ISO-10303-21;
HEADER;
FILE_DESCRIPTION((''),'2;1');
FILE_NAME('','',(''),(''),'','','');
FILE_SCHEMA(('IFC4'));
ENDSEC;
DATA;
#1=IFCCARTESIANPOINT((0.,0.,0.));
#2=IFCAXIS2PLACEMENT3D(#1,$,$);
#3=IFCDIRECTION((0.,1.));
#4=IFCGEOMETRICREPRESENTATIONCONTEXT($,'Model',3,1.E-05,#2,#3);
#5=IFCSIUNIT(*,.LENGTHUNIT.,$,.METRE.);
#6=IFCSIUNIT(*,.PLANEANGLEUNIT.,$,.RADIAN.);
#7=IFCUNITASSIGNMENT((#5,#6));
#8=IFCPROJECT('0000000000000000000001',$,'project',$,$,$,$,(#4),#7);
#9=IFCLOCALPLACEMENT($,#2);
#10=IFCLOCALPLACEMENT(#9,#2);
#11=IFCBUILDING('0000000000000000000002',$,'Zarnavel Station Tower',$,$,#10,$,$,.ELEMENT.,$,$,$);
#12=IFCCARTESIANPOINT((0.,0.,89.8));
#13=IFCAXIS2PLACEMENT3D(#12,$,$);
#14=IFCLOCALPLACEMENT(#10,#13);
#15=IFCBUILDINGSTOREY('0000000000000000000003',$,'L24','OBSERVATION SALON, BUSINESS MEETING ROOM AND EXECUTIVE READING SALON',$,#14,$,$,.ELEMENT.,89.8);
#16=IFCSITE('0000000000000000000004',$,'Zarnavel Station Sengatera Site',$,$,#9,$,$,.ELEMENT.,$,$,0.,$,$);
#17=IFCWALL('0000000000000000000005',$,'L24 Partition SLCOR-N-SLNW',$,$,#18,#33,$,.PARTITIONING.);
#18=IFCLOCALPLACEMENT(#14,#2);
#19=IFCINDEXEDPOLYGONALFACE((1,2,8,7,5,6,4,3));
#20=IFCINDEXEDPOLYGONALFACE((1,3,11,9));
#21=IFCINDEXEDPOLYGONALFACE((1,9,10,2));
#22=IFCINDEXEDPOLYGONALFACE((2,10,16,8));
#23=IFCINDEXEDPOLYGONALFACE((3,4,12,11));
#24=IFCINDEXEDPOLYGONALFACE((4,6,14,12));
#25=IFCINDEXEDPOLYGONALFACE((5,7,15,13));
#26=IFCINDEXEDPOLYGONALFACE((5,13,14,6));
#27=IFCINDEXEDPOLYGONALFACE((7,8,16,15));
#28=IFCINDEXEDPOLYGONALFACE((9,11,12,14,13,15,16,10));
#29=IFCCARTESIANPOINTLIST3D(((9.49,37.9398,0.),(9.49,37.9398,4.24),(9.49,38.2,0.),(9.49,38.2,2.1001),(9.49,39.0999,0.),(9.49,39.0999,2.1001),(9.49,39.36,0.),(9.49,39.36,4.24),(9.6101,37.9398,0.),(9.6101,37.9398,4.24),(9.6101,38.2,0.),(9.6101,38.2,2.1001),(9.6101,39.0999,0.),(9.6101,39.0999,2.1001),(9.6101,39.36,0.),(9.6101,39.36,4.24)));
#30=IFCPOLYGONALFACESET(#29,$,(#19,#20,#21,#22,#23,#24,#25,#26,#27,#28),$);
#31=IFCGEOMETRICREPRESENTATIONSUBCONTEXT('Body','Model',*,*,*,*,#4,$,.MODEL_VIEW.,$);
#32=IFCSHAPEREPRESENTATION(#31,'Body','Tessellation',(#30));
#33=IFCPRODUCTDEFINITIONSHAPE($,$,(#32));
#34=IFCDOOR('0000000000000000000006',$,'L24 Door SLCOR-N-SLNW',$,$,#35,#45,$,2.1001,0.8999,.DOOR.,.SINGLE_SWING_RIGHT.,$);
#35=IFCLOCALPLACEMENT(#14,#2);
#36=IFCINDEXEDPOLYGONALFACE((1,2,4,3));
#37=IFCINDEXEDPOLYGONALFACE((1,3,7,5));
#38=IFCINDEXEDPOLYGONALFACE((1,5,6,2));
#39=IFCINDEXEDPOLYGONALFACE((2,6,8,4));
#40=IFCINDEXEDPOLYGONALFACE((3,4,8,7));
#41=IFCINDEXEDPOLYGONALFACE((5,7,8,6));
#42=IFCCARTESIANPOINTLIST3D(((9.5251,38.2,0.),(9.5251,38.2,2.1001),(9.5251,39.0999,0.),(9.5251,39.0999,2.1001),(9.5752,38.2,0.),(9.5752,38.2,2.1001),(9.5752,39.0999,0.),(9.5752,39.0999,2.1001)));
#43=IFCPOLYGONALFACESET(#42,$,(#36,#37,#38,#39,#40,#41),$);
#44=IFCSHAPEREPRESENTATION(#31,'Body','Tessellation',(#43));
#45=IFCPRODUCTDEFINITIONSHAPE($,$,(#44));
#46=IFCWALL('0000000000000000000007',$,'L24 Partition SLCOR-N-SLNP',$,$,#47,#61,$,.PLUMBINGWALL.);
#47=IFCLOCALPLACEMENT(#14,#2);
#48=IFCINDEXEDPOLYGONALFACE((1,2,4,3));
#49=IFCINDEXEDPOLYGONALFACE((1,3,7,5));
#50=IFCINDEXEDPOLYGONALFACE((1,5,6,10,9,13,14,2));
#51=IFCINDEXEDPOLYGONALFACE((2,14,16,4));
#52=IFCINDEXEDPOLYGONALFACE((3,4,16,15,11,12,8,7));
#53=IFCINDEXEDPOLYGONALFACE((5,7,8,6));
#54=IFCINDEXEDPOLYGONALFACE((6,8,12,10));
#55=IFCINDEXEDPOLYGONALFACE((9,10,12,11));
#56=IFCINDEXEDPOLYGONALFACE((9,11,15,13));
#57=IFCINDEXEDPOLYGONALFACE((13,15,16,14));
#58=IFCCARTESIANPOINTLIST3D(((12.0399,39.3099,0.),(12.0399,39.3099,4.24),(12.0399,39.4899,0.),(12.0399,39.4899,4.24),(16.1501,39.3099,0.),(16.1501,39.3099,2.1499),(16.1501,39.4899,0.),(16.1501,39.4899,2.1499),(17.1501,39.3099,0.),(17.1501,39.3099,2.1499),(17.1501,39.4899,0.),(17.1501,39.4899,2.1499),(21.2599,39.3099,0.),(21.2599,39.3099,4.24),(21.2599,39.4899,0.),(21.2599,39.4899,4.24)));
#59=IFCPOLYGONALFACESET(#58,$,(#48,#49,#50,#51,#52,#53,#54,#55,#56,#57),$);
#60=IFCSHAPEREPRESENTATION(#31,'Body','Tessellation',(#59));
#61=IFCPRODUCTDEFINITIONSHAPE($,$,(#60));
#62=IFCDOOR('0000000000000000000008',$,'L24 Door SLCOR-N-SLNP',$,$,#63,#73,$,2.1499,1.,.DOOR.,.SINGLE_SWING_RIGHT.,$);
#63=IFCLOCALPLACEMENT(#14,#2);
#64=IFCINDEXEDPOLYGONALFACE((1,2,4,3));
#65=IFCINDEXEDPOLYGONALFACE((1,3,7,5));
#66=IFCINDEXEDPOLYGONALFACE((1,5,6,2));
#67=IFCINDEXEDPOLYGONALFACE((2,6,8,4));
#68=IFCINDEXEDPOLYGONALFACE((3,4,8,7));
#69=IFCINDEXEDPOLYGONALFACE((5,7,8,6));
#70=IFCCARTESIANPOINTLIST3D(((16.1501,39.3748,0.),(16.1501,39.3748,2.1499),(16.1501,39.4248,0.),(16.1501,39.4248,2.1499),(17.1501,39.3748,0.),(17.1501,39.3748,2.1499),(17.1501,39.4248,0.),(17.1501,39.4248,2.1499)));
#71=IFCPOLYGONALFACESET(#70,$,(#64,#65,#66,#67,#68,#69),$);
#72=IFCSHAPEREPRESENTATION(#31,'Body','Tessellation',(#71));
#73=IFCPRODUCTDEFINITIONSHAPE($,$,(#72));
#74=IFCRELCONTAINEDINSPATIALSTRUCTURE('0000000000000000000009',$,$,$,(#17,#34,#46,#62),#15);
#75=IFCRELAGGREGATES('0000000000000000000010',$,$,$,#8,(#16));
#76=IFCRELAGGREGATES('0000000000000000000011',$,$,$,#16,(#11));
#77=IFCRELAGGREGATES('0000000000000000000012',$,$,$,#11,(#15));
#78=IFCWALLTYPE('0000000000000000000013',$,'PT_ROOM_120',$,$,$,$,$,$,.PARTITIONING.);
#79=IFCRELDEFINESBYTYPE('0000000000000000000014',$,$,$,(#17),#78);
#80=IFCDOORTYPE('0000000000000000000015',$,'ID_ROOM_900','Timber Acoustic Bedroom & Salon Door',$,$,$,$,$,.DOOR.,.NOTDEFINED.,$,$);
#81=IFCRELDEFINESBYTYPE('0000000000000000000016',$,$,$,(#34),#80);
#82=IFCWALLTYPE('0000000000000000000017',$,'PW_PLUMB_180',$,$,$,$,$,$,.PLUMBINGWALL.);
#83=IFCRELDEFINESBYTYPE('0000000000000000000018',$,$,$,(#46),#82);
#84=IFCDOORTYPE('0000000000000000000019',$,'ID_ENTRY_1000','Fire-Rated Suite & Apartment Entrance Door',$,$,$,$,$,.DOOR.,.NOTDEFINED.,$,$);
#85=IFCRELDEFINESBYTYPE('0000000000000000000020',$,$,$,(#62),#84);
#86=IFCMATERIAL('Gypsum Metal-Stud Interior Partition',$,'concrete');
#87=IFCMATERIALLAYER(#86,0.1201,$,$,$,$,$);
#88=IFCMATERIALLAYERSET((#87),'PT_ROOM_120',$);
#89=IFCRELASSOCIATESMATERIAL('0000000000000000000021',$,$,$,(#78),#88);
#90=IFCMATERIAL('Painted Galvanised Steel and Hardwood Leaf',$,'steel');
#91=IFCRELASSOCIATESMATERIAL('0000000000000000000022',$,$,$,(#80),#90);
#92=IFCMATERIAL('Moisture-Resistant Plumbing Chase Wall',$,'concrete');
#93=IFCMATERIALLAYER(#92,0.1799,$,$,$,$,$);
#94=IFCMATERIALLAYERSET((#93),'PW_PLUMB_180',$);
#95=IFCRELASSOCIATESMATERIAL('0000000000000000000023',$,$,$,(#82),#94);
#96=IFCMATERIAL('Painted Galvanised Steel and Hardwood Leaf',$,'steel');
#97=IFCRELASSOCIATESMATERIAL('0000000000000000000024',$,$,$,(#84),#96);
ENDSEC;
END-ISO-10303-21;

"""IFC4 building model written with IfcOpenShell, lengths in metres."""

from ifc_helpers import new_model, si_unit, direction, frame, frame_2d, origin, place, context, subcontext, project, spatial, rectangle, extrude, material, layer, layer_set, type_object, element, fill, save


model = new_model("IFC4")

# Units and contexts
model_context = context("Model", 3, precision=1e-05, world=origin(), true_north=direction((0.0, 1.0)))
body_context = subcontext(model_context, "Body", "Model", "MODEL_VIEW")
ifc_project = project(units=[si_unit("LENGTHUNIT", "METRE"), si_unit("PLANEANGLEUNIT", "RADIAN")], contexts=[model_context])

# Site, building, storey
site_placement = place(None, origin())
site = spatial("IfcSite", under=ifc_project, at=site_placement, Name="Zarnavel Station Sengatera Site", CompositionType="ELEMENT", RefElevation=0.0)
building_placement = place(site_placement, origin())
building = spatial("IfcBuilding", under=site, at=building_placement, Name="Zarnavel Station Tower", CompositionType="ELEMENT")
storey_placement = place(building_placement, frame((0.0, 0.0, 89.8)))
storey = spatial("IfcBuildingStorey", under=building, at=storey_placement, Name="L24", Description="OBSERVATION SALON, BUSINESS MEETING ROOM AND EXECUTIVE READING SALON", CompositionType="ELEMENT", Elevation=89.8)

# Walls, openings, doors
ifc_material_1 = material(Name="Gypsum Metal-Stud Interior Partition", Category="concrete")
ifc_layer_1 = layer(ifc_material_1, 0.1201)
ifc_layer_set_1 = layer_set([ifc_layer_1], Name="PT_ROOM_120")
wall_type_1 = type_object("IfcWallType", Name="PT_ROOM_120", PredefinedType="PARTITIONING", material=ifc_layer_set_1)
wall_1_placement = place(storey_placement, frame((9.55, 37.9399, 0.0), z_axis=(0.0, 0.0, 1.0), x_axis=(0.0, 1.0, 0.0)))
wall_1 = element("IfcWall", 1, at=wall_1_placement, inside=storey, type_object=wall_type_1, Name="L24 Partition SLCOR-N-SLNW", PredefinedType="PARTITIONING", context=body_context, shape_type="SweptSolid", body=[
    extrude(rectangle(XDim=1.4202, YDim=0.1201, at=frame_2d((0.71, 0.0))), origin(), (0.0, 0.0, 1.0), 4.24),
])
opening_1_placement = place(wall_1_placement, frame((0.26, 0.0, 0.0)))
opening_1 = element("IfcOpeningElement", 2, at=opening_1_placement, cuts=wall_1, PredefinedType="OPENING", context=body_context, shape_type="SweptSolid", body=[
    extrude(rectangle(XDim=0.8999, YDim=2.1001, at=frame_2d((0.45, 1.05))), frame((0.0, 0.0701, 0.0), z_axis=(0.0, -1.0, 0.0), x_axis=(1.0, 0.0, 0.0)), (0.0, 0.0, 1.0), 0.1401),
])
ifc_material_2 = material(Name="Painted Galvanised Steel and Hardwood Leaf", Category="steel")
door_type_1 = type_object("IfcDoorType", Name="ID_ROOM_900", Description="Timber Acoustic Bedroom & Salon Door", OperationType="NOTDEFINED", PredefinedType="DOOR", material=ifc_material_2)
door_1_placement = place(opening_1_placement, origin())
door_1 = element("IfcDoor", 3, at=door_1_placement, inside=storey, type_object=door_type_1, Name="L24 Door SLCOR-N-SLNW", OperationType="SINGLE_SWING_RIGHT", OverallHeight=2.1001, OverallWidth=0.8999, PredefinedType="DOOR", context=body_context, shape_type="SweptSolid", body=[
    extrude(rectangle(XDim=0.8999, YDim=2.1001, at=frame_2d((0.45, 1.05))), frame((0.0, 0.0249, 0.0), z_axis=(0.0, -1.0, 0.0), x_axis=(1.0, 0.0, 0.0)), (0.0, 0.0, 1.0), 0.05),
])
fill(opening_1, door_1)
ifc_material_3 = material(Name="Moisture-Resistant Plumbing Chase Wall", Category="concrete")
ifc_layer_2 = layer(ifc_material_3, 0.1799)
ifc_layer_set_2 = layer_set([ifc_layer_2], Name="PW_PLUMB_180")
wall_type_2 = type_object("IfcWallType", Name="PW_PLUMB_180", PredefinedType="PLUMBINGWALL", material=ifc_layer_set_2)
wall_2_placement = place(storey_placement, frame((12.04, 39.3999, 0.0), z_axis=(0.0, 0.0, 1.0), x_axis=(1.0, 0.0, 0.0)))
wall_2 = element("IfcWall", 4, at=wall_2_placement, inside=storey, type_object=wall_type_2, Name="L24 Partition SLCOR-N-SLNP", PredefinedType="PLUMBINGWALL", context=body_context, shape_type="SweptSolid", body=[
    extrude(rectangle(XDim=9.22, YDim=0.1799, at=frame_2d((4.6099, 0.0))), origin(), (0.0, 0.0, 1.0), 4.24),
])
opening_2_placement = place(wall_2_placement, frame((4.1101, 0.0, 0.0)))
opening_2 = element("IfcOpeningElement", 5, at=opening_2_placement, cuts=wall_2, PredefinedType="OPENING", context=body_context, shape_type="SweptSolid", body=[
    extrude(rectangle(XDim=1.0, YDim=2.1499, at=frame_2d((0.5, 1.075))), frame((0.0, 0.0999, 0.0), z_axis=(0.0, -1.0, 0.0), x_axis=(1.0, 0.0, 0.0)), (0.0, 0.0, 1.0), 0.2),
])
ifc_material_4 = material(Name="Painted Galvanised Steel and Hardwood Leaf", Category="steel")
door_type_2 = type_object("IfcDoorType", Name="ID_ENTRY_1000", Description="Fire-Rated Suite & Apartment Entrance Door", OperationType="NOTDEFINED", PredefinedType="DOOR", material=ifc_material_4)
door_2_placement = place(opening_2_placement, origin())
door_2 = element("IfcDoor", 6, at=door_2_placement, inside=storey, type_object=door_type_2, Name="L24 Door SLCOR-N-SLNP", OperationType="SINGLE_SWING_RIGHT", OverallHeight=2.1499, OverallWidth=1.0, PredefinedType="DOOR", context=body_context, shape_type="SweptSolid", body=[
    extrude(rectangle(XDim=1.0, YDim=2.1499, at=frame_2d((0.5, 1.075))), frame((0.0, 0.0249, 0.0), z_axis=(0.0, -1.0, 0.0), x_axis=(1.0, 0.0, 0.0)), (0.0, 0.0, 1.0), 0.05),
])
fill(opening_2, door_2)

save(model, "model.ifc")
